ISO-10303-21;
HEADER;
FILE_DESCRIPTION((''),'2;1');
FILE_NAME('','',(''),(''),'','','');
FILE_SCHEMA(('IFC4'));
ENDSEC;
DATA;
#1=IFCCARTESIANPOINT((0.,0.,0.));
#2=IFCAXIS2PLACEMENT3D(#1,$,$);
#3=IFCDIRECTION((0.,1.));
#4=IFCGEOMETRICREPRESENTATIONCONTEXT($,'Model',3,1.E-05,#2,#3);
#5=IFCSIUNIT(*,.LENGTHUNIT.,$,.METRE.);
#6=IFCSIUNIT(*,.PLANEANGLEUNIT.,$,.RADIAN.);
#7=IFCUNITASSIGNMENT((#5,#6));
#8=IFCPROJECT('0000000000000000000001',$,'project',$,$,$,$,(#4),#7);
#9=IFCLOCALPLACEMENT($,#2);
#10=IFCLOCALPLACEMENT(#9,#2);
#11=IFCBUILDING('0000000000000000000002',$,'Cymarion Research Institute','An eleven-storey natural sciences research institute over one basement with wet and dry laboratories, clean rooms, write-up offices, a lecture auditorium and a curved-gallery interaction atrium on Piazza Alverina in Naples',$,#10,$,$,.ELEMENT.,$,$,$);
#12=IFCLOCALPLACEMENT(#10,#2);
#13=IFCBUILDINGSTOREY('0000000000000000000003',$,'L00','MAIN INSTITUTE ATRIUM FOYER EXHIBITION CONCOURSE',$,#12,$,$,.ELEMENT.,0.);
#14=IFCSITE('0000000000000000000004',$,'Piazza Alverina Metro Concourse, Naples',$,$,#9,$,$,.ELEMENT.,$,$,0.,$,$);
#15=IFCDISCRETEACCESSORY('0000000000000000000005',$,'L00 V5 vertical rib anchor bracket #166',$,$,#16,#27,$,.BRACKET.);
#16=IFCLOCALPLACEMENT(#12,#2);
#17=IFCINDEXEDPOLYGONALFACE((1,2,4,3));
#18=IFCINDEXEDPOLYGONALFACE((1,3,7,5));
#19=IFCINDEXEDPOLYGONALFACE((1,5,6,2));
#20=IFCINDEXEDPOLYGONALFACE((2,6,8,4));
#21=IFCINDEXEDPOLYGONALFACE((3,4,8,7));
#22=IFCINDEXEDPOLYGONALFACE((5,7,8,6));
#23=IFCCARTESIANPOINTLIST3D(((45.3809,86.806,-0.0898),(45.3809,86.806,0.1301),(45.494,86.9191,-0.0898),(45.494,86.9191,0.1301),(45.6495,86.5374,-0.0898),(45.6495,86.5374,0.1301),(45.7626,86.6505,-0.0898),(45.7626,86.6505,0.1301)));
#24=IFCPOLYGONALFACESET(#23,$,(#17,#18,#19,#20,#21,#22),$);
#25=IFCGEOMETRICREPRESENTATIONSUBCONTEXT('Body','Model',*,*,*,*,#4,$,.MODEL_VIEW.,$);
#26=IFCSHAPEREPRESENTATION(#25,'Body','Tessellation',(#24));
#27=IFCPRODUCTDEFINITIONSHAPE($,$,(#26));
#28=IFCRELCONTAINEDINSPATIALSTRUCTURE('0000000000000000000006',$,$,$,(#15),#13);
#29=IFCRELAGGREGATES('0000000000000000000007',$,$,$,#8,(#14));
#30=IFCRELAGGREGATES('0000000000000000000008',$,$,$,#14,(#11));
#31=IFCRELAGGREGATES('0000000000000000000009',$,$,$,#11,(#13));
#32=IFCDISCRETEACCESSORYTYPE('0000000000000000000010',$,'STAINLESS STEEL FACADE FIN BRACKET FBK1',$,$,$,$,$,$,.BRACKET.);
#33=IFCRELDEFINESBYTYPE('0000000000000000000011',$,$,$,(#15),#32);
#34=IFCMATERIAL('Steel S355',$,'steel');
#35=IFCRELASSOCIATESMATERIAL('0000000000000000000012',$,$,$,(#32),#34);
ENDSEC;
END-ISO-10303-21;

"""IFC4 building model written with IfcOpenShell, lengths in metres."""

from ifc_helpers import new_model, si_unit, direction, frame, origin, origin_2d, place, context, subcontext, project, spatial, rectangle, extrude, material, type_object, element, save


model = new_model("IFC4")

# Units and contexts
model_context = context("Model", 3, precision=1e-05, world=origin(), true_north=direction((0.0, 1.0)))
body_context = subcontext(model_context, "Body", "Model", "MODEL_VIEW")
ifc_project = project(units=[si_unit("LENGTHUNIT", "METRE"), si_unit("PLANEANGLEUNIT", "RADIAN")], contexts=[model_context])

# Site, building, storey
site_placement = place(None, origin())
site = spatial("IfcSite", under=ifc_project, at=site_placement, Name="Piazza Alverina Metro Concourse, Naples", CompositionType="ELEMENT", RefElevation=0.0)
building_placement = place(site_placement, origin())
building = spatial("IfcBuilding", under=site, at=building_placement, Name="Cymarion Research Institute", Description="An eleven-storey natural sciences research institute over one basement with wet and dry laboratories, clean rooms, write-up offices, a lecture auditorium and a curved-gallery interaction atrium on Piazza Alverina in Naples", CompositionType="ELEMENT")
storey_placement = place(building_placement, origin())
storey = spatial("IfcBuildingStorey", under=building, at=storey_placement, Name="L00", Description="MAIN INSTITUTE ATRIUM FOYER EXHIBITION CONCOURSE", CompositionType="ELEMENT", Elevation=0.0)

# Discrete accessory
ifc_material_1 = material(Name="Steel S355", Category="steel")
discrete_accessory_type = type_object("IfcDiscreteAccessoryType", Name="STAINLESS STEEL FACADE FIN BRACKET FBK1", PredefinedType="BRACKET", material=ifc_material_1)
for number, where, z_axis, x_axis, name in (
    (1, (45.5718, 86.7283, -0.0898), (0.0, 0.0, 1.0), (0.707107, -0.707107, 0.0), "L00 V5 vertical rib anchor bracket #166"),
):
    element("IfcDiscreteAccessory", number, at=place(storey_placement, frame(where, z_axis=z_axis, x_axis=x_axis)), inside=storey, type_object=discrete_accessory_type, Name=name, PredefinedType="BRACKET", context=body_context, shape_type="SweptSolid", body=[
        extrude(rectangle(XDim=0.3799, YDim=0.1599, at=origin_2d()), origin(), (0.0, 0.0, 1.0), 0.22),
    ])

save(model, "model.ifc")
